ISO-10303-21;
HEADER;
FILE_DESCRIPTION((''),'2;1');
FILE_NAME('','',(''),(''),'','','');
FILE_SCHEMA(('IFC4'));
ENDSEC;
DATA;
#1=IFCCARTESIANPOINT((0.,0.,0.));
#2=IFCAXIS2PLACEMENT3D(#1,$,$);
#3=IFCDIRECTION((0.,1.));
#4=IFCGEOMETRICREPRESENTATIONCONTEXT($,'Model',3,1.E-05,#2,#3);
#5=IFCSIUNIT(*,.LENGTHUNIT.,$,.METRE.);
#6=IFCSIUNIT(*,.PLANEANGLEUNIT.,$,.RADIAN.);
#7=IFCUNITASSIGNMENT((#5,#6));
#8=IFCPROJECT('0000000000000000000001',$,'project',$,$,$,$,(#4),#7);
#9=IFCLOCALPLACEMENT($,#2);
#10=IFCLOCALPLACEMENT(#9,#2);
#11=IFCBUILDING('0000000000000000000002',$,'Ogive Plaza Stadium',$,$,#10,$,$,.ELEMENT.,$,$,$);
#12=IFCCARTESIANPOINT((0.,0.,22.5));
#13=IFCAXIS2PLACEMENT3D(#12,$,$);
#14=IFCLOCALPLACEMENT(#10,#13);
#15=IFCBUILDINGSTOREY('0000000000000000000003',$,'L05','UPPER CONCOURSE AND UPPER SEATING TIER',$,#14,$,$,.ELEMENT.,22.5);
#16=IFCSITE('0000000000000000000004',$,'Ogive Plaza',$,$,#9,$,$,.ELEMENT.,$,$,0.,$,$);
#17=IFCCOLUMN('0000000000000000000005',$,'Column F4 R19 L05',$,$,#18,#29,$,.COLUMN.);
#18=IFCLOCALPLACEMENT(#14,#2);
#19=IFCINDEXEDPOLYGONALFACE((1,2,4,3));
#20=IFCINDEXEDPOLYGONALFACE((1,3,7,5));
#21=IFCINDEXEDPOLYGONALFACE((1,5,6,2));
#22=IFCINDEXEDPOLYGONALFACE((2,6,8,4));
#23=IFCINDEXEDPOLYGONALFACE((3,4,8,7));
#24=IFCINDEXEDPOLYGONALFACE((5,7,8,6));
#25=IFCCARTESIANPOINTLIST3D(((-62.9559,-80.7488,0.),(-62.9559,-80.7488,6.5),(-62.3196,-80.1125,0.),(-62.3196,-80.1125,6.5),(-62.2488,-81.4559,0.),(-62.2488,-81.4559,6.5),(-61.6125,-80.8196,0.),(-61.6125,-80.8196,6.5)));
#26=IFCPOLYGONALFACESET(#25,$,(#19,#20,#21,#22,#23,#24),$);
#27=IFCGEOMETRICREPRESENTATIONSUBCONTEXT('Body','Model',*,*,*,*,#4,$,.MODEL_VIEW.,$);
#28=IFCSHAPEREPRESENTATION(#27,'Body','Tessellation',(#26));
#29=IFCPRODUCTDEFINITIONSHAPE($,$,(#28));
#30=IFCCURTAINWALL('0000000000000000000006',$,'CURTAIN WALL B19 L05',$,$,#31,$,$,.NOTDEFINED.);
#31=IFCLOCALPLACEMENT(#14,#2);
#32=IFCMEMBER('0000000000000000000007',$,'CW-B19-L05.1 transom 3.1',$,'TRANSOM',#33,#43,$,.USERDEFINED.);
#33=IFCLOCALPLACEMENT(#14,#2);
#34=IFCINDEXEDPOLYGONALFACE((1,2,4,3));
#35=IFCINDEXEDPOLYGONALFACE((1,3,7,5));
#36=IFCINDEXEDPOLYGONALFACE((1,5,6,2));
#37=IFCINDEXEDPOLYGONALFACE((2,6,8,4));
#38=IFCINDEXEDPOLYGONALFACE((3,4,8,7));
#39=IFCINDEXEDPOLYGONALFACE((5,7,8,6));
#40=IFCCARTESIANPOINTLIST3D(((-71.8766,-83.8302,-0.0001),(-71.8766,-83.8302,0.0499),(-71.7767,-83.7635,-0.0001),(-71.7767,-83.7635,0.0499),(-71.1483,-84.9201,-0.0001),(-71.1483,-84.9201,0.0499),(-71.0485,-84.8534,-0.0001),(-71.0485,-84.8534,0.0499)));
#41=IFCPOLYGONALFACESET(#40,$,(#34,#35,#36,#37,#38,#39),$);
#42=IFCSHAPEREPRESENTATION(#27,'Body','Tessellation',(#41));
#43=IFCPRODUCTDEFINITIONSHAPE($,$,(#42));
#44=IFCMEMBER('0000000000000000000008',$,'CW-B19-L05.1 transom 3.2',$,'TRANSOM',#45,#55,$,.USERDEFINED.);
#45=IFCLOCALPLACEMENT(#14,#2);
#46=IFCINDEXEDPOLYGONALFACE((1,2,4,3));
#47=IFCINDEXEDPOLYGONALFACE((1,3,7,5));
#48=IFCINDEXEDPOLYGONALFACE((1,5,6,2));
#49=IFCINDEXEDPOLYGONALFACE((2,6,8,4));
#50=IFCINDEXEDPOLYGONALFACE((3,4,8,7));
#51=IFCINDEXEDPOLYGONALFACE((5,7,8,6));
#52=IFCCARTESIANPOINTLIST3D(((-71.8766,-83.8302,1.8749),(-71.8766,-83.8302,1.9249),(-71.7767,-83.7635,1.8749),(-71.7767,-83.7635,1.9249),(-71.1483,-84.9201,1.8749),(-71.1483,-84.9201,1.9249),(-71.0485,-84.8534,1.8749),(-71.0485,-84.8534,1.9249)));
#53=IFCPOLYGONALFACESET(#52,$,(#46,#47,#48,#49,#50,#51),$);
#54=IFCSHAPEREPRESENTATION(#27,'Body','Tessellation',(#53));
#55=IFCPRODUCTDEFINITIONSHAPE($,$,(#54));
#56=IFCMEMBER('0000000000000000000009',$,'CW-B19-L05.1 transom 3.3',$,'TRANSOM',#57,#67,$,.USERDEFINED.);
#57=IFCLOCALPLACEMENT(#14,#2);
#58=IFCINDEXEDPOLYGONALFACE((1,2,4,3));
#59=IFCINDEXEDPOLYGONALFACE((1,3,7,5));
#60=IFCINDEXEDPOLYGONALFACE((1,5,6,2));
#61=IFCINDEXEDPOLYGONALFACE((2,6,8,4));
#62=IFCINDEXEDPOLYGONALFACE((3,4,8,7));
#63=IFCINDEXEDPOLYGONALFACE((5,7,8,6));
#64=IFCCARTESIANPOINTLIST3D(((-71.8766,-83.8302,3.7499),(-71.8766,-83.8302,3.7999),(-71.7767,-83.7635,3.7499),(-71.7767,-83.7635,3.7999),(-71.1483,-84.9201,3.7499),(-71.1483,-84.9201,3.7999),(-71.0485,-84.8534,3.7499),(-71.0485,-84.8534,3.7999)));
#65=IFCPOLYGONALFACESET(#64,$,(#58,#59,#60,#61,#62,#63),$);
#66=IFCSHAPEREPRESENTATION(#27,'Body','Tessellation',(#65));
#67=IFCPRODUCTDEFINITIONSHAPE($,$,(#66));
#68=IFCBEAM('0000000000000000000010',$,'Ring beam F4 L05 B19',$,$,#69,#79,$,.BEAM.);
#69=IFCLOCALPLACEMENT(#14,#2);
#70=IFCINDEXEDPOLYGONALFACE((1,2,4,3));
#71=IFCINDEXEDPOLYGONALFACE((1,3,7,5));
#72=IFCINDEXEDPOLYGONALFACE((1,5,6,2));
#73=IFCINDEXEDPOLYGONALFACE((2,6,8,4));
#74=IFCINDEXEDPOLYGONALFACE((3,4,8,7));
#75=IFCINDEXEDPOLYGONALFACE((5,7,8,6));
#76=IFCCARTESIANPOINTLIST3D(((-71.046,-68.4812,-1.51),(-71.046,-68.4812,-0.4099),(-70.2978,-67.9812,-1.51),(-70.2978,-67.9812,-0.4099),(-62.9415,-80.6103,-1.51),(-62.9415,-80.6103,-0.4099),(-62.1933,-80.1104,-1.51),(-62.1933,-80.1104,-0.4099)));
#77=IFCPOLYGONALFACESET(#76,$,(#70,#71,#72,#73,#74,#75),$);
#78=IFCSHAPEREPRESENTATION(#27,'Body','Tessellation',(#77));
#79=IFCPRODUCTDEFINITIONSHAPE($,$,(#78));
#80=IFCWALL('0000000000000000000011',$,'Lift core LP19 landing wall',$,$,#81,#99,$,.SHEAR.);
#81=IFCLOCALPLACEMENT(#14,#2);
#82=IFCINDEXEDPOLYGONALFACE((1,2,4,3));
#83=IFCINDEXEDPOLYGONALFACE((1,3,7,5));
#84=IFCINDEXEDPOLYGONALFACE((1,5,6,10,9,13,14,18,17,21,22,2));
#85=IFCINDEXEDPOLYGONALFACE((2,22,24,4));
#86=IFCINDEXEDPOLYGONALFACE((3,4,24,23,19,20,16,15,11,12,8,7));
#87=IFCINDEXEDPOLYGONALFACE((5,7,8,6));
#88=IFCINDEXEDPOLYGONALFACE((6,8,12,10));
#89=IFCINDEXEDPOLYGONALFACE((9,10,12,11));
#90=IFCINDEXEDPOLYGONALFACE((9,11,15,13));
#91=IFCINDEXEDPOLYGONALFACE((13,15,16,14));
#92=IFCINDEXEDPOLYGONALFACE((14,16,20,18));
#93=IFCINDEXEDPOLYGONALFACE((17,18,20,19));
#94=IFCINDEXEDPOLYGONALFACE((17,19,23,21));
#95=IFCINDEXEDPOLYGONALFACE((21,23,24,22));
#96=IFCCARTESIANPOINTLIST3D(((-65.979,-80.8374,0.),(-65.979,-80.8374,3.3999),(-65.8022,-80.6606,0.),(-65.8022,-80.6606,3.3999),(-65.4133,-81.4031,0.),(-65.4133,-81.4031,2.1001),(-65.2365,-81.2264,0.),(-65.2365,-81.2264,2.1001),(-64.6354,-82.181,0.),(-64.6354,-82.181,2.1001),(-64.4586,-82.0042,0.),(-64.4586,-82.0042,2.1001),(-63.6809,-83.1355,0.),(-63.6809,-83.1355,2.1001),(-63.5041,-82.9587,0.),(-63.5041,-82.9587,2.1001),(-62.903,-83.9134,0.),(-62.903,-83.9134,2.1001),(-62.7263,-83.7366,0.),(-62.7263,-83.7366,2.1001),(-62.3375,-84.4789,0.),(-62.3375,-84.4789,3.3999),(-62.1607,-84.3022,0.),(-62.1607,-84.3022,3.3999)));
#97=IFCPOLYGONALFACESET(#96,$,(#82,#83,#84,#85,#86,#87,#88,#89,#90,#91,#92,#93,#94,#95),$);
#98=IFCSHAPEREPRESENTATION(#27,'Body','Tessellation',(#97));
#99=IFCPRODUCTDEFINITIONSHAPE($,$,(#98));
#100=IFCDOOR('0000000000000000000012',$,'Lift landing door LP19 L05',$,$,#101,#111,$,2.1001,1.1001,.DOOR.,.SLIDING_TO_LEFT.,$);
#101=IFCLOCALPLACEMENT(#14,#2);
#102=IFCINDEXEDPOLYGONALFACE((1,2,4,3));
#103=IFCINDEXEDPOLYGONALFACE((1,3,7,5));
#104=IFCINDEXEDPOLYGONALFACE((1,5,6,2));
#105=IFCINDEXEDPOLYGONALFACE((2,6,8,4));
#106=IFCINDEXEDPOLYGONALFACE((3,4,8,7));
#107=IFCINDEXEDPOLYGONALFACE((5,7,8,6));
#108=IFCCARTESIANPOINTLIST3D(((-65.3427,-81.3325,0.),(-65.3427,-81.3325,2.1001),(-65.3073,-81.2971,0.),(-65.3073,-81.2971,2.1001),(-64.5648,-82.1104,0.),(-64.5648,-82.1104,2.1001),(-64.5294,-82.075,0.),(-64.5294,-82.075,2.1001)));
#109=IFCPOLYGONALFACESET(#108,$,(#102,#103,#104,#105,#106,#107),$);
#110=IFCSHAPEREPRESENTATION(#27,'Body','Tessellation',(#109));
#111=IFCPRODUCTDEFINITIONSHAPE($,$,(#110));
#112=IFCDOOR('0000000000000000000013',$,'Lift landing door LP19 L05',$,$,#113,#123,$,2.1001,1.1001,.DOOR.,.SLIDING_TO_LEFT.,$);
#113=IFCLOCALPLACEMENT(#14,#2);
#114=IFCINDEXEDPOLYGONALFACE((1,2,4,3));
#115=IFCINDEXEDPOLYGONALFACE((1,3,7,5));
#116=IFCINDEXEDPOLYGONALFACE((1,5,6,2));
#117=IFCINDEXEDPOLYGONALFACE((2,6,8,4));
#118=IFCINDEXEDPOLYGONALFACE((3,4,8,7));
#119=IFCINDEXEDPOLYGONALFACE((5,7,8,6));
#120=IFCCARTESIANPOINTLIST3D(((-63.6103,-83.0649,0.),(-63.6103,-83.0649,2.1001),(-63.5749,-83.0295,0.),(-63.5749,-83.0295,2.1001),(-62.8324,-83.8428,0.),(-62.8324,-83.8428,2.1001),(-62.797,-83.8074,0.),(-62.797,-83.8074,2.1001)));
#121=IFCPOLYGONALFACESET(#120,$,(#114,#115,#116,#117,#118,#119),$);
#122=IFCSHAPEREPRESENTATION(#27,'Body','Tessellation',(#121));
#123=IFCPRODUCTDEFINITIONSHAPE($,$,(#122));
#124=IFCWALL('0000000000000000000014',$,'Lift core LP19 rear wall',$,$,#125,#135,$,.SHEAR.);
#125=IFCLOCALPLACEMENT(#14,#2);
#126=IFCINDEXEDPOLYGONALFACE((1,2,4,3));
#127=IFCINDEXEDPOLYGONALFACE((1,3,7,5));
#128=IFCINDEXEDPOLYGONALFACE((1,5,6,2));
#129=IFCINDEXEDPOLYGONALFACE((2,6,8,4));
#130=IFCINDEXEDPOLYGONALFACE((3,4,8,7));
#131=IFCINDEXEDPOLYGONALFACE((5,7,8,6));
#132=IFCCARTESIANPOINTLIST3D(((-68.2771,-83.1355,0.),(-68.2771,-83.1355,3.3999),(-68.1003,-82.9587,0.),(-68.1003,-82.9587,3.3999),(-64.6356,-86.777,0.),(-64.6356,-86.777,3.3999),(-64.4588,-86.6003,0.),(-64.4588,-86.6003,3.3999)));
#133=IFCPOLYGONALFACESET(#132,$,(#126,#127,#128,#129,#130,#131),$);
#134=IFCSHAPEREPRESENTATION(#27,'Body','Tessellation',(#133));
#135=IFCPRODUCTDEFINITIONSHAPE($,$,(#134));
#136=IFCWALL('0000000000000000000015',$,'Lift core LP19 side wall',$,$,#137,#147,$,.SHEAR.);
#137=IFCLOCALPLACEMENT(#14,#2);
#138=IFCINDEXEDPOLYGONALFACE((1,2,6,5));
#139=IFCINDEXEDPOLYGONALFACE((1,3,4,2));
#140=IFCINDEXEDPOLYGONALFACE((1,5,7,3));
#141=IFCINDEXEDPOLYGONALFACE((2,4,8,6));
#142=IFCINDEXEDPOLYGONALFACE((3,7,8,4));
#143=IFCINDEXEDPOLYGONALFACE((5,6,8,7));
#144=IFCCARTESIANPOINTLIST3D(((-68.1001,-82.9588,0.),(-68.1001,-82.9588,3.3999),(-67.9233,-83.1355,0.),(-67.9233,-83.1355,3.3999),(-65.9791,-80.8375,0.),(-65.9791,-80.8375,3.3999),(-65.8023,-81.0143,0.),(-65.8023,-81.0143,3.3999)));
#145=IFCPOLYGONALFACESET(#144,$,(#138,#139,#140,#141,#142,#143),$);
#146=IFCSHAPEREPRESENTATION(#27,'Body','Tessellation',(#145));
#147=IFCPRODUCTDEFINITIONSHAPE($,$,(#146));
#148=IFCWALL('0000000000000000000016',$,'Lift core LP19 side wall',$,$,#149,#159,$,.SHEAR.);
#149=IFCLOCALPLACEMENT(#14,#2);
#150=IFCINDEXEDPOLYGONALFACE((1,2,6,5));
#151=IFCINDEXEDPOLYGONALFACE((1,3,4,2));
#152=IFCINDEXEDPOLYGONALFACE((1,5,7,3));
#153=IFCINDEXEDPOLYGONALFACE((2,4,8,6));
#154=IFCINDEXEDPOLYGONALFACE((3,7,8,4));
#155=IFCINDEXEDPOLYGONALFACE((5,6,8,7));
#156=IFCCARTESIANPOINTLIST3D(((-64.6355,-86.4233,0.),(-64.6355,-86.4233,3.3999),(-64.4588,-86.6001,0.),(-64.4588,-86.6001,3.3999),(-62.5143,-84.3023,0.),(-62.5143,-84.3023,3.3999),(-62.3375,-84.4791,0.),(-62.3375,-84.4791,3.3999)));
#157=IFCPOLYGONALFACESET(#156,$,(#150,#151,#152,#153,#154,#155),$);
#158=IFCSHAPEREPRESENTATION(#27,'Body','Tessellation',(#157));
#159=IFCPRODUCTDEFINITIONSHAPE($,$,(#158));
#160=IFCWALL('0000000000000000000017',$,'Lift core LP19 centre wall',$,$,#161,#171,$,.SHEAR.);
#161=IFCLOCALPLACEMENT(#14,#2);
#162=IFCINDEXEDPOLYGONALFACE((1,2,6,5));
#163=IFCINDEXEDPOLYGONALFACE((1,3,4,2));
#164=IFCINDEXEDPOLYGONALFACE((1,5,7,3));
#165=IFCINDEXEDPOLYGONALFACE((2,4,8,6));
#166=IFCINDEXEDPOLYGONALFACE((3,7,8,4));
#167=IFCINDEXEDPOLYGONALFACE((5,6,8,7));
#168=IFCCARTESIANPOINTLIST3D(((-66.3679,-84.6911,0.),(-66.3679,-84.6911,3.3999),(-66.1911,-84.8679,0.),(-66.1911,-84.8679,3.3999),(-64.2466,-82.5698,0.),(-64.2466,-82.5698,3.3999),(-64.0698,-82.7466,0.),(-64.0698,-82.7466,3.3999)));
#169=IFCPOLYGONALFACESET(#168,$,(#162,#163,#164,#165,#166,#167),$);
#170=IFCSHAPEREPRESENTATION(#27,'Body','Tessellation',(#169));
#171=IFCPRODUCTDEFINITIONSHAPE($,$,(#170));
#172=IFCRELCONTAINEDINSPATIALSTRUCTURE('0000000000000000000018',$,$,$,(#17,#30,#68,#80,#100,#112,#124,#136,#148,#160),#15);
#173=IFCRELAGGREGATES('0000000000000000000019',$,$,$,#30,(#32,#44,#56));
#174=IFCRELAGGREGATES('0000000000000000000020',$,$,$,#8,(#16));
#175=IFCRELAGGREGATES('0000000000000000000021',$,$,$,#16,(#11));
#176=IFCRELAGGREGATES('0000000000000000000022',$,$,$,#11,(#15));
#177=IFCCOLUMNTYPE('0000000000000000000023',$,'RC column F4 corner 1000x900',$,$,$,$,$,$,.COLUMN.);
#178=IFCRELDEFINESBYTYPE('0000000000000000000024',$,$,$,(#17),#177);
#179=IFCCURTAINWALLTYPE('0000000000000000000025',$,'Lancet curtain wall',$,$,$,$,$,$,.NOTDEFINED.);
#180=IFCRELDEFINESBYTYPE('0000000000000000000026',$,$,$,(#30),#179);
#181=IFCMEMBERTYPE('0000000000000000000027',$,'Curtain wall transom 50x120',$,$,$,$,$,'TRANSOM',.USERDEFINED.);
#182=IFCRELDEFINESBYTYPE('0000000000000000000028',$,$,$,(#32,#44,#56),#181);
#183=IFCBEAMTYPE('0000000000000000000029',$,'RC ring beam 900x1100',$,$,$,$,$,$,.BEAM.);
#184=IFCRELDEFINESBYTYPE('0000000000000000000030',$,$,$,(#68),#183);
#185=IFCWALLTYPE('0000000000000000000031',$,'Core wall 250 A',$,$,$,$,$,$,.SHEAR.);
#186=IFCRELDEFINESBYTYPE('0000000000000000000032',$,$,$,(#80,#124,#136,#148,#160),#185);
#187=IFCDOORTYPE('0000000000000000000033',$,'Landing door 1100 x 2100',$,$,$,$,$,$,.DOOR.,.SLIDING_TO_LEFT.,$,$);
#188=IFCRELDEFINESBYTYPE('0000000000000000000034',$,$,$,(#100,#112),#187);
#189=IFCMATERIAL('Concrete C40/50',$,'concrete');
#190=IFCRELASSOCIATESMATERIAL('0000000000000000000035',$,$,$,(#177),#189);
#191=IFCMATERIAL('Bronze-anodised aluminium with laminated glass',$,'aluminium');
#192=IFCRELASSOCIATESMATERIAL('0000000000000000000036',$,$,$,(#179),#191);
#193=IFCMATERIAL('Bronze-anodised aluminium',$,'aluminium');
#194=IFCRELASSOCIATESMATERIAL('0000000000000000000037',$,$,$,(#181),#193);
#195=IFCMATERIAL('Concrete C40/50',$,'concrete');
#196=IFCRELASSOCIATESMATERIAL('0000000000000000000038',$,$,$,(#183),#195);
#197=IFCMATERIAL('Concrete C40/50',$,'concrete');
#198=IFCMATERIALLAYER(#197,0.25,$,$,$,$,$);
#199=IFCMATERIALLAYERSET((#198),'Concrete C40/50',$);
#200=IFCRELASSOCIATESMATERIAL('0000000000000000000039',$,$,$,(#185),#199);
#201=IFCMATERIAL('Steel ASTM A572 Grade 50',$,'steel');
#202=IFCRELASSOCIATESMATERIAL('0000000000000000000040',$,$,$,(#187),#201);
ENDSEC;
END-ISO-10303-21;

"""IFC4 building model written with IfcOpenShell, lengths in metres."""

from ifc_helpers import new_model, si_unit, direction, frame, frame_2d, origin, origin_2d, place, context, subcontext, project, spatial, rectangle, extrude, material, layer, layer_set, material_profile, profile_set, type_object, element, fill, aggregate, save


model = new_model("IFC4")

# Units and contexts
model_context = context("Model", 3, precision=1e-05, world=origin(), true_north=direction((0.0, 1.0)))
body_context = subcontext(model_context, "Body", "Model", "MODEL_VIEW")
ifc_project = project(units=[si_unit("LENGTHUNIT", "METRE"), si_unit("PLANEANGLEUNIT", "RADIAN")], contexts=[model_context])

# Site, building, storey
site_placement = place(None, origin())
site = spatial("IfcSite", under=ifc_project, at=site_placement, Name="Ogive Plaza", CompositionType="ELEMENT", RefElevation=0.0)
building_placement = place(site_placement, origin())
building = spatial("IfcBuilding", under=site, at=building_placement, Name="Ogive Plaza Stadium", CompositionType="ELEMENT")
storey_placement = place(building_placement, frame((0.0, 0.0, 22.5)))
storey = spatial("IfcBuildingStorey", under=building, at=storey_placement, Name="L05", Description="UPPER CONCOURSE AND UPPER SEATING TIER", CompositionType="ELEMENT", Elevation=22.5)

# Column
ifc_material_1 = material(Name="Concrete C40/50", Category="concrete")
ifc_material_profile_1 = material_profile(ifc_material_1, rectangle(XDim=1.0, YDim=0.8999, at=origin_2d()), Name="RC 1000x900")
ifc_profile_set_1 = profile_set([ifc_material_profile_1], Name="Concrete C40/50")
column_type = type_object("IfcColumnType", Name="RC column F4 corner 1000x900", PredefinedType="COLUMN", material=ifc_profile_set_1)
column_placement = place(storey_placement, frame((-62.2842, -80.7842, 0.0), z_axis=(0.0, 0.0, 1.0), x_axis=(0.707107, -0.707107, 0.0)))
element("IfcColumn", 1, at=column_placement, inside=storey, type_object=column_type, Name="Column F4 R19 L05", PredefinedType="COLUMN", context=body_context, shape_type="SweptSolid", body=[
    extrude(rectangle(XDim=1.0, YDim=0.8999, at=origin_2d()), origin(), (0.0, 0.0, 1.0), 6.5),
])

# Curtain wall, members
ifc_material_2 = material(Name="Bronze-anodised aluminium with laminated glass", Category="aluminium")
curtain_wall_type = type_object("IfcCurtainWallType", Name="Lancet curtain wall", PredefinedType="NOTDEFINED", material=ifc_material_2)
curtain_wall_placement = place(storey_placement, origin())
curtain_wall = element("IfcCurtainWall", 2, at=curtain_wall_placement, inside=storey, type_object=curtain_wall_type, Name="CURTAIN WALL B19 L05", PredefinedType="NOTDEFINED")
ifc_material_3 = material(Name="Bronze-anodised aluminium", Category="aluminium")
ifc_material_profile_2 = material_profile(ifc_material_3, rectangle(XDim=0.1201, YDim=0.05, at=origin_2d()), Name="AL 120x50")
ifc_profile_set_2 = profile_set([ifc_material_profile_2], Name="Bronze-anodised aluminium")
member_type = type_object("IfcMemberType", Name="Curtain wall transom 50x120", ElementType="TRANSOM", PredefinedType="USERDEFINED", material=ifc_profile_set_2)
member_1_placement = place(storey_placement, frame((-71.0984, -84.8867, 0.0249), z_axis=(-0.555602, 0.831448, 0.0), x_axis=(-0.831448, -0.555602, 0.0)))
member_1 = element("IfcMember", 3, at=member_1_placement, type_object=member_type, Name="CW-B19-L05.1 transom 3.1", ObjectType="TRANSOM", PredefinedType="USERDEFINED", context=body_context, shape_type="SweptSolid", body=[
    extrude(rectangle(XDim=0.1201, YDim=0.05, at=origin_2d()), origin(), (0.0, 0.0, 1.0), 1.3108),
])
member_2_placement = place(storey_placement, frame((-71.0984, -84.8867, 1.8999), z_axis=(-0.555602, 0.831448, 0.0), x_axis=(-0.831448, -0.555602, 0.0)))
member_2 = element("IfcMember", 4, at=member_2_placement, type_object=member_type, Name="CW-B19-L05.1 transom 3.2", ObjectType="TRANSOM", PredefinedType="USERDEFINED", context=body_context, shape_type="SweptSolid", body=[
    extrude(rectangle(XDim=0.1201, YDim=0.05, at=origin_2d()), origin(), (0.0, 0.0, 1.0), 1.3108),
])
member_3_placement = place(storey_placement, frame((-71.0984, -84.8867, 3.7749), z_axis=(-0.555602, 0.831448, 0.0), x_axis=(-0.831448, -0.555602, 0.0)))
member_3 = element("IfcMember", 5, at=member_3_placement, type_object=member_type, Name="CW-B19-L05.1 transom 3.3", ObjectType="TRANSOM", PredefinedType="USERDEFINED", context=body_context, shape_type="SweptSolid", body=[
    extrude(rectangle(XDim=0.1201, YDim=0.05, at=origin_2d()), origin(), (0.0, 0.0, 1.0), 1.3108),
])
aggregate(curtain_wall, [member_1, member_2, member_3])

# Beam
ifc_material_4 = material(Name="Concrete C40/50", Category="concrete")
ifc_material_profile_3 = material_profile(ifc_material_4, rectangle(XDim=0.8999, YDim=1.1001, at=origin_2d()), Name="RC 900x1100")
ifc_profile_set_3 = profile_set([ifc_material_profile_3], Name="Concrete C40/50")
beam_type = type_object("IfcBeamType", Name="RC ring beam 900x1100", PredefinedType="BEAM", material=ifc_profile_set_3)
beam_placement = place(storey_placement, frame((-62.5674, -80.3604, -0.96), z_axis=(-0.555573, 0.831468, 0.0), x_axis=(-0.831468, -0.555573, 0.0)))
element("IfcBeam", 6, at=beam_placement, inside=storey, type_object=beam_type, Name="Ring beam F4 L05 B19", PredefinedType="BEAM", context=body_context, shape_type="SweptSolid", body=[
    extrude(rectangle(XDim=0.8999, YDim=1.1001, at=origin_2d()), origin(), (0.0, 0.0, 1.0), 14.5876),
])

# Wall, openings, doors
ifc_material_5 = material(Name="Concrete C40/50", Category="concrete")
ifc_layer_1 = layer(ifc_material_5, 0.25)
ifc_layer_set_1 = layer_set([ifc_layer_1], Name="Concrete C40/50")
wall_type_1 = type_object("IfcWallType", Name="Core wall 250 A", PredefinedType="SHEAR", material=ifc_layer_set_1)
wall_1_placement = place(storey_placement, frame((-65.8906, -80.749, 0.0), z_axis=(0.0, 0.0, 1.0), x_axis=(0.707107, -0.707107, 0.0)))
wall_1 = element("IfcWall", 7, at=wall_1_placement, inside=storey, type_object=wall_type_1, Name="Lift core LP19 landing wall", PredefinedType="SHEAR", context=body_context, shape_type="SweptSolid", body=[
    extrude(rectangle(XDim=5.1499, YDim=0.25, at=frame_2d((2.575, 0.0))), origin(), (0.0, 0.0, 1.0), 3.3999),
])
opening_1_placement = place(wall_1_placement, frame((0.8, 0.0, 0.0)))
opening_1 = element("IfcOpeningElement", 8, at=opening_1_placement, cuts=wall_1, PredefinedType="OPENING", context=body_context, shape_type="SweptSolid", body=[
    extrude(rectangle(XDim=1.1001, YDim=2.1001, at=frame_2d((0.55, 1.05))), frame((0.0, 0.125, 0.0), z_axis=(0.0, -1.0, 0.0), x_axis=(1.0, 0.0, 0.0)), (0.0, 0.0, 1.0), 0.25),
])
opening_2_placement = place(wall_1_placement, frame((3.25, 0.0, 0.0)))
opening_2 = element("IfcOpeningElement", 9, at=opening_2_placement, cuts=wall_1, PredefinedType="OPENING", context=body_context, shape_type="SweptSolid", body=[
    extrude(rectangle(XDim=1.1001, YDim=2.1001, at=frame_2d((0.55, 1.05))), frame((0.0, 0.125, 0.0), z_axis=(0.0, -1.0, 0.0), x_axis=(1.0, 0.0, 0.0)), (0.0, 0.0, 1.0), 0.25),
])
ifc_material_6 = material(Name="Steel ASTM A572 Grade 50", Category="steel")
door_type = type_object("IfcDoorType", Name="Landing door 1100 x 2100", OperationType="SLIDING_TO_LEFT", PredefinedType="DOOR", material=ifc_material_6)
door_1_placement = place(opening_1_placement, origin())
door_1 = element("IfcDoor", 10, at=door_1_placement, inside=storey, type_object=door_type, Name="Lift landing door LP19 L05", OperationType="SLIDING_TO_LEFT", OverallHeight=2.1001, OverallWidth=1.1001, PredefinedType="DOOR", context=body_context, shape_type="SweptSolid", body=[
    extrude(rectangle(XDim=1.1001, YDim=2.1001, at=frame_2d((0.55, 1.05))), frame((0.0, 0.0249, 0.0), z_axis=(0.0, -1.0, 0.0), x_axis=(1.0, 0.0, 0.0)), (0.0, 0.0, 1.0), 0.05),
])
fill(opening_1, door_1)
door_2_placement = place(opening_2_placement, origin())
door_2 = element("IfcDoor", 11, at=door_2_placement, inside=storey, type_object=door_type, Name="Lift landing door LP19 L05", OperationType="SLIDING_TO_LEFT", OverallHeight=2.1001, OverallWidth=1.1001, PredefinedType="DOOR", context=body_context, shape_type="SweptSolid", body=[
    extrude(rectangle(XDim=1.1001, YDim=2.1001, at=frame_2d((0.55, 1.05))), frame((0.0, 0.0249, 0.0), z_axis=(0.0, -1.0, 0.0), x_axis=(1.0, 0.0, 0.0)), (0.0, 0.0, 1.0), 0.05),
])
fill(opening_2, door_2)

# Walls
wall_2_placement = place(storey_placement, frame((-68.1887, -83.0471, 0.0), z_axis=(0.0, 0.0, 1.0), x_axis=(0.707107, -0.707107, 0.0)))
element("IfcWall", 12, at=wall_2_placement, inside=storey, type_object=wall_type_1, Name="Lift core LP19 rear wall", PredefinedType="SHEAR", context=body_context, shape_type="SweptSolid", body=[
    extrude(rectangle(XDim=5.1499, YDim=0.25, at=frame_2d((2.575, 0.0))), origin(), (0.0, 0.0, 1.0), 3.3999),
])
for number, where, z_axis, x_axis, name in (
    (13, (-65.8906, -80.9258, 0.0), (0.0, 0.0, 1.0), (-0.707066, -0.707147, 0.0), "Lift core LP19 side wall"),
    (14, (-62.4258, -84.3906, 0.0), (0.0, 0.0, 1.0), (-0.707147, -0.707066, 0.0), "Lift core LP19 side wall"),
):
    element("IfcWall", number, at=place(storey_placement, frame(where, z_axis=z_axis, x_axis=x_axis)), inside=storey, type_object=wall_type_1, Name=name, PredefinedType="SHEAR", context=body_context, shape_type="SweptSolid", body=[
        extrude(rectangle(XDim=2.9998, YDim=0.25, at=frame_2d((1.5, 0.0))), origin(), (0.0, 0.0, 1.0), 3.3999),
    ])
wall_3_placement = place(storey_placement, frame((-64.1582, -82.6582, 0.0), z_axis=(0.0, 0.0, 1.0), x_axis=(-0.707107, -0.707107, 0.0)))
element("IfcWall", 15, at=wall_3_placement, inside=storey, type_object=wall_type_1, Name="Lift core LP19 centre wall", PredefinedType="SHEAR", context=body_context, shape_type="SweptSolid", body=[
    extrude(rectangle(XDim=3.0, YDim=0.25, at=frame_2d((1.5, 0.0))), origin(), (0.0, 0.0, 1.0), 3.3999),
])

save(model, "model.ifc")
